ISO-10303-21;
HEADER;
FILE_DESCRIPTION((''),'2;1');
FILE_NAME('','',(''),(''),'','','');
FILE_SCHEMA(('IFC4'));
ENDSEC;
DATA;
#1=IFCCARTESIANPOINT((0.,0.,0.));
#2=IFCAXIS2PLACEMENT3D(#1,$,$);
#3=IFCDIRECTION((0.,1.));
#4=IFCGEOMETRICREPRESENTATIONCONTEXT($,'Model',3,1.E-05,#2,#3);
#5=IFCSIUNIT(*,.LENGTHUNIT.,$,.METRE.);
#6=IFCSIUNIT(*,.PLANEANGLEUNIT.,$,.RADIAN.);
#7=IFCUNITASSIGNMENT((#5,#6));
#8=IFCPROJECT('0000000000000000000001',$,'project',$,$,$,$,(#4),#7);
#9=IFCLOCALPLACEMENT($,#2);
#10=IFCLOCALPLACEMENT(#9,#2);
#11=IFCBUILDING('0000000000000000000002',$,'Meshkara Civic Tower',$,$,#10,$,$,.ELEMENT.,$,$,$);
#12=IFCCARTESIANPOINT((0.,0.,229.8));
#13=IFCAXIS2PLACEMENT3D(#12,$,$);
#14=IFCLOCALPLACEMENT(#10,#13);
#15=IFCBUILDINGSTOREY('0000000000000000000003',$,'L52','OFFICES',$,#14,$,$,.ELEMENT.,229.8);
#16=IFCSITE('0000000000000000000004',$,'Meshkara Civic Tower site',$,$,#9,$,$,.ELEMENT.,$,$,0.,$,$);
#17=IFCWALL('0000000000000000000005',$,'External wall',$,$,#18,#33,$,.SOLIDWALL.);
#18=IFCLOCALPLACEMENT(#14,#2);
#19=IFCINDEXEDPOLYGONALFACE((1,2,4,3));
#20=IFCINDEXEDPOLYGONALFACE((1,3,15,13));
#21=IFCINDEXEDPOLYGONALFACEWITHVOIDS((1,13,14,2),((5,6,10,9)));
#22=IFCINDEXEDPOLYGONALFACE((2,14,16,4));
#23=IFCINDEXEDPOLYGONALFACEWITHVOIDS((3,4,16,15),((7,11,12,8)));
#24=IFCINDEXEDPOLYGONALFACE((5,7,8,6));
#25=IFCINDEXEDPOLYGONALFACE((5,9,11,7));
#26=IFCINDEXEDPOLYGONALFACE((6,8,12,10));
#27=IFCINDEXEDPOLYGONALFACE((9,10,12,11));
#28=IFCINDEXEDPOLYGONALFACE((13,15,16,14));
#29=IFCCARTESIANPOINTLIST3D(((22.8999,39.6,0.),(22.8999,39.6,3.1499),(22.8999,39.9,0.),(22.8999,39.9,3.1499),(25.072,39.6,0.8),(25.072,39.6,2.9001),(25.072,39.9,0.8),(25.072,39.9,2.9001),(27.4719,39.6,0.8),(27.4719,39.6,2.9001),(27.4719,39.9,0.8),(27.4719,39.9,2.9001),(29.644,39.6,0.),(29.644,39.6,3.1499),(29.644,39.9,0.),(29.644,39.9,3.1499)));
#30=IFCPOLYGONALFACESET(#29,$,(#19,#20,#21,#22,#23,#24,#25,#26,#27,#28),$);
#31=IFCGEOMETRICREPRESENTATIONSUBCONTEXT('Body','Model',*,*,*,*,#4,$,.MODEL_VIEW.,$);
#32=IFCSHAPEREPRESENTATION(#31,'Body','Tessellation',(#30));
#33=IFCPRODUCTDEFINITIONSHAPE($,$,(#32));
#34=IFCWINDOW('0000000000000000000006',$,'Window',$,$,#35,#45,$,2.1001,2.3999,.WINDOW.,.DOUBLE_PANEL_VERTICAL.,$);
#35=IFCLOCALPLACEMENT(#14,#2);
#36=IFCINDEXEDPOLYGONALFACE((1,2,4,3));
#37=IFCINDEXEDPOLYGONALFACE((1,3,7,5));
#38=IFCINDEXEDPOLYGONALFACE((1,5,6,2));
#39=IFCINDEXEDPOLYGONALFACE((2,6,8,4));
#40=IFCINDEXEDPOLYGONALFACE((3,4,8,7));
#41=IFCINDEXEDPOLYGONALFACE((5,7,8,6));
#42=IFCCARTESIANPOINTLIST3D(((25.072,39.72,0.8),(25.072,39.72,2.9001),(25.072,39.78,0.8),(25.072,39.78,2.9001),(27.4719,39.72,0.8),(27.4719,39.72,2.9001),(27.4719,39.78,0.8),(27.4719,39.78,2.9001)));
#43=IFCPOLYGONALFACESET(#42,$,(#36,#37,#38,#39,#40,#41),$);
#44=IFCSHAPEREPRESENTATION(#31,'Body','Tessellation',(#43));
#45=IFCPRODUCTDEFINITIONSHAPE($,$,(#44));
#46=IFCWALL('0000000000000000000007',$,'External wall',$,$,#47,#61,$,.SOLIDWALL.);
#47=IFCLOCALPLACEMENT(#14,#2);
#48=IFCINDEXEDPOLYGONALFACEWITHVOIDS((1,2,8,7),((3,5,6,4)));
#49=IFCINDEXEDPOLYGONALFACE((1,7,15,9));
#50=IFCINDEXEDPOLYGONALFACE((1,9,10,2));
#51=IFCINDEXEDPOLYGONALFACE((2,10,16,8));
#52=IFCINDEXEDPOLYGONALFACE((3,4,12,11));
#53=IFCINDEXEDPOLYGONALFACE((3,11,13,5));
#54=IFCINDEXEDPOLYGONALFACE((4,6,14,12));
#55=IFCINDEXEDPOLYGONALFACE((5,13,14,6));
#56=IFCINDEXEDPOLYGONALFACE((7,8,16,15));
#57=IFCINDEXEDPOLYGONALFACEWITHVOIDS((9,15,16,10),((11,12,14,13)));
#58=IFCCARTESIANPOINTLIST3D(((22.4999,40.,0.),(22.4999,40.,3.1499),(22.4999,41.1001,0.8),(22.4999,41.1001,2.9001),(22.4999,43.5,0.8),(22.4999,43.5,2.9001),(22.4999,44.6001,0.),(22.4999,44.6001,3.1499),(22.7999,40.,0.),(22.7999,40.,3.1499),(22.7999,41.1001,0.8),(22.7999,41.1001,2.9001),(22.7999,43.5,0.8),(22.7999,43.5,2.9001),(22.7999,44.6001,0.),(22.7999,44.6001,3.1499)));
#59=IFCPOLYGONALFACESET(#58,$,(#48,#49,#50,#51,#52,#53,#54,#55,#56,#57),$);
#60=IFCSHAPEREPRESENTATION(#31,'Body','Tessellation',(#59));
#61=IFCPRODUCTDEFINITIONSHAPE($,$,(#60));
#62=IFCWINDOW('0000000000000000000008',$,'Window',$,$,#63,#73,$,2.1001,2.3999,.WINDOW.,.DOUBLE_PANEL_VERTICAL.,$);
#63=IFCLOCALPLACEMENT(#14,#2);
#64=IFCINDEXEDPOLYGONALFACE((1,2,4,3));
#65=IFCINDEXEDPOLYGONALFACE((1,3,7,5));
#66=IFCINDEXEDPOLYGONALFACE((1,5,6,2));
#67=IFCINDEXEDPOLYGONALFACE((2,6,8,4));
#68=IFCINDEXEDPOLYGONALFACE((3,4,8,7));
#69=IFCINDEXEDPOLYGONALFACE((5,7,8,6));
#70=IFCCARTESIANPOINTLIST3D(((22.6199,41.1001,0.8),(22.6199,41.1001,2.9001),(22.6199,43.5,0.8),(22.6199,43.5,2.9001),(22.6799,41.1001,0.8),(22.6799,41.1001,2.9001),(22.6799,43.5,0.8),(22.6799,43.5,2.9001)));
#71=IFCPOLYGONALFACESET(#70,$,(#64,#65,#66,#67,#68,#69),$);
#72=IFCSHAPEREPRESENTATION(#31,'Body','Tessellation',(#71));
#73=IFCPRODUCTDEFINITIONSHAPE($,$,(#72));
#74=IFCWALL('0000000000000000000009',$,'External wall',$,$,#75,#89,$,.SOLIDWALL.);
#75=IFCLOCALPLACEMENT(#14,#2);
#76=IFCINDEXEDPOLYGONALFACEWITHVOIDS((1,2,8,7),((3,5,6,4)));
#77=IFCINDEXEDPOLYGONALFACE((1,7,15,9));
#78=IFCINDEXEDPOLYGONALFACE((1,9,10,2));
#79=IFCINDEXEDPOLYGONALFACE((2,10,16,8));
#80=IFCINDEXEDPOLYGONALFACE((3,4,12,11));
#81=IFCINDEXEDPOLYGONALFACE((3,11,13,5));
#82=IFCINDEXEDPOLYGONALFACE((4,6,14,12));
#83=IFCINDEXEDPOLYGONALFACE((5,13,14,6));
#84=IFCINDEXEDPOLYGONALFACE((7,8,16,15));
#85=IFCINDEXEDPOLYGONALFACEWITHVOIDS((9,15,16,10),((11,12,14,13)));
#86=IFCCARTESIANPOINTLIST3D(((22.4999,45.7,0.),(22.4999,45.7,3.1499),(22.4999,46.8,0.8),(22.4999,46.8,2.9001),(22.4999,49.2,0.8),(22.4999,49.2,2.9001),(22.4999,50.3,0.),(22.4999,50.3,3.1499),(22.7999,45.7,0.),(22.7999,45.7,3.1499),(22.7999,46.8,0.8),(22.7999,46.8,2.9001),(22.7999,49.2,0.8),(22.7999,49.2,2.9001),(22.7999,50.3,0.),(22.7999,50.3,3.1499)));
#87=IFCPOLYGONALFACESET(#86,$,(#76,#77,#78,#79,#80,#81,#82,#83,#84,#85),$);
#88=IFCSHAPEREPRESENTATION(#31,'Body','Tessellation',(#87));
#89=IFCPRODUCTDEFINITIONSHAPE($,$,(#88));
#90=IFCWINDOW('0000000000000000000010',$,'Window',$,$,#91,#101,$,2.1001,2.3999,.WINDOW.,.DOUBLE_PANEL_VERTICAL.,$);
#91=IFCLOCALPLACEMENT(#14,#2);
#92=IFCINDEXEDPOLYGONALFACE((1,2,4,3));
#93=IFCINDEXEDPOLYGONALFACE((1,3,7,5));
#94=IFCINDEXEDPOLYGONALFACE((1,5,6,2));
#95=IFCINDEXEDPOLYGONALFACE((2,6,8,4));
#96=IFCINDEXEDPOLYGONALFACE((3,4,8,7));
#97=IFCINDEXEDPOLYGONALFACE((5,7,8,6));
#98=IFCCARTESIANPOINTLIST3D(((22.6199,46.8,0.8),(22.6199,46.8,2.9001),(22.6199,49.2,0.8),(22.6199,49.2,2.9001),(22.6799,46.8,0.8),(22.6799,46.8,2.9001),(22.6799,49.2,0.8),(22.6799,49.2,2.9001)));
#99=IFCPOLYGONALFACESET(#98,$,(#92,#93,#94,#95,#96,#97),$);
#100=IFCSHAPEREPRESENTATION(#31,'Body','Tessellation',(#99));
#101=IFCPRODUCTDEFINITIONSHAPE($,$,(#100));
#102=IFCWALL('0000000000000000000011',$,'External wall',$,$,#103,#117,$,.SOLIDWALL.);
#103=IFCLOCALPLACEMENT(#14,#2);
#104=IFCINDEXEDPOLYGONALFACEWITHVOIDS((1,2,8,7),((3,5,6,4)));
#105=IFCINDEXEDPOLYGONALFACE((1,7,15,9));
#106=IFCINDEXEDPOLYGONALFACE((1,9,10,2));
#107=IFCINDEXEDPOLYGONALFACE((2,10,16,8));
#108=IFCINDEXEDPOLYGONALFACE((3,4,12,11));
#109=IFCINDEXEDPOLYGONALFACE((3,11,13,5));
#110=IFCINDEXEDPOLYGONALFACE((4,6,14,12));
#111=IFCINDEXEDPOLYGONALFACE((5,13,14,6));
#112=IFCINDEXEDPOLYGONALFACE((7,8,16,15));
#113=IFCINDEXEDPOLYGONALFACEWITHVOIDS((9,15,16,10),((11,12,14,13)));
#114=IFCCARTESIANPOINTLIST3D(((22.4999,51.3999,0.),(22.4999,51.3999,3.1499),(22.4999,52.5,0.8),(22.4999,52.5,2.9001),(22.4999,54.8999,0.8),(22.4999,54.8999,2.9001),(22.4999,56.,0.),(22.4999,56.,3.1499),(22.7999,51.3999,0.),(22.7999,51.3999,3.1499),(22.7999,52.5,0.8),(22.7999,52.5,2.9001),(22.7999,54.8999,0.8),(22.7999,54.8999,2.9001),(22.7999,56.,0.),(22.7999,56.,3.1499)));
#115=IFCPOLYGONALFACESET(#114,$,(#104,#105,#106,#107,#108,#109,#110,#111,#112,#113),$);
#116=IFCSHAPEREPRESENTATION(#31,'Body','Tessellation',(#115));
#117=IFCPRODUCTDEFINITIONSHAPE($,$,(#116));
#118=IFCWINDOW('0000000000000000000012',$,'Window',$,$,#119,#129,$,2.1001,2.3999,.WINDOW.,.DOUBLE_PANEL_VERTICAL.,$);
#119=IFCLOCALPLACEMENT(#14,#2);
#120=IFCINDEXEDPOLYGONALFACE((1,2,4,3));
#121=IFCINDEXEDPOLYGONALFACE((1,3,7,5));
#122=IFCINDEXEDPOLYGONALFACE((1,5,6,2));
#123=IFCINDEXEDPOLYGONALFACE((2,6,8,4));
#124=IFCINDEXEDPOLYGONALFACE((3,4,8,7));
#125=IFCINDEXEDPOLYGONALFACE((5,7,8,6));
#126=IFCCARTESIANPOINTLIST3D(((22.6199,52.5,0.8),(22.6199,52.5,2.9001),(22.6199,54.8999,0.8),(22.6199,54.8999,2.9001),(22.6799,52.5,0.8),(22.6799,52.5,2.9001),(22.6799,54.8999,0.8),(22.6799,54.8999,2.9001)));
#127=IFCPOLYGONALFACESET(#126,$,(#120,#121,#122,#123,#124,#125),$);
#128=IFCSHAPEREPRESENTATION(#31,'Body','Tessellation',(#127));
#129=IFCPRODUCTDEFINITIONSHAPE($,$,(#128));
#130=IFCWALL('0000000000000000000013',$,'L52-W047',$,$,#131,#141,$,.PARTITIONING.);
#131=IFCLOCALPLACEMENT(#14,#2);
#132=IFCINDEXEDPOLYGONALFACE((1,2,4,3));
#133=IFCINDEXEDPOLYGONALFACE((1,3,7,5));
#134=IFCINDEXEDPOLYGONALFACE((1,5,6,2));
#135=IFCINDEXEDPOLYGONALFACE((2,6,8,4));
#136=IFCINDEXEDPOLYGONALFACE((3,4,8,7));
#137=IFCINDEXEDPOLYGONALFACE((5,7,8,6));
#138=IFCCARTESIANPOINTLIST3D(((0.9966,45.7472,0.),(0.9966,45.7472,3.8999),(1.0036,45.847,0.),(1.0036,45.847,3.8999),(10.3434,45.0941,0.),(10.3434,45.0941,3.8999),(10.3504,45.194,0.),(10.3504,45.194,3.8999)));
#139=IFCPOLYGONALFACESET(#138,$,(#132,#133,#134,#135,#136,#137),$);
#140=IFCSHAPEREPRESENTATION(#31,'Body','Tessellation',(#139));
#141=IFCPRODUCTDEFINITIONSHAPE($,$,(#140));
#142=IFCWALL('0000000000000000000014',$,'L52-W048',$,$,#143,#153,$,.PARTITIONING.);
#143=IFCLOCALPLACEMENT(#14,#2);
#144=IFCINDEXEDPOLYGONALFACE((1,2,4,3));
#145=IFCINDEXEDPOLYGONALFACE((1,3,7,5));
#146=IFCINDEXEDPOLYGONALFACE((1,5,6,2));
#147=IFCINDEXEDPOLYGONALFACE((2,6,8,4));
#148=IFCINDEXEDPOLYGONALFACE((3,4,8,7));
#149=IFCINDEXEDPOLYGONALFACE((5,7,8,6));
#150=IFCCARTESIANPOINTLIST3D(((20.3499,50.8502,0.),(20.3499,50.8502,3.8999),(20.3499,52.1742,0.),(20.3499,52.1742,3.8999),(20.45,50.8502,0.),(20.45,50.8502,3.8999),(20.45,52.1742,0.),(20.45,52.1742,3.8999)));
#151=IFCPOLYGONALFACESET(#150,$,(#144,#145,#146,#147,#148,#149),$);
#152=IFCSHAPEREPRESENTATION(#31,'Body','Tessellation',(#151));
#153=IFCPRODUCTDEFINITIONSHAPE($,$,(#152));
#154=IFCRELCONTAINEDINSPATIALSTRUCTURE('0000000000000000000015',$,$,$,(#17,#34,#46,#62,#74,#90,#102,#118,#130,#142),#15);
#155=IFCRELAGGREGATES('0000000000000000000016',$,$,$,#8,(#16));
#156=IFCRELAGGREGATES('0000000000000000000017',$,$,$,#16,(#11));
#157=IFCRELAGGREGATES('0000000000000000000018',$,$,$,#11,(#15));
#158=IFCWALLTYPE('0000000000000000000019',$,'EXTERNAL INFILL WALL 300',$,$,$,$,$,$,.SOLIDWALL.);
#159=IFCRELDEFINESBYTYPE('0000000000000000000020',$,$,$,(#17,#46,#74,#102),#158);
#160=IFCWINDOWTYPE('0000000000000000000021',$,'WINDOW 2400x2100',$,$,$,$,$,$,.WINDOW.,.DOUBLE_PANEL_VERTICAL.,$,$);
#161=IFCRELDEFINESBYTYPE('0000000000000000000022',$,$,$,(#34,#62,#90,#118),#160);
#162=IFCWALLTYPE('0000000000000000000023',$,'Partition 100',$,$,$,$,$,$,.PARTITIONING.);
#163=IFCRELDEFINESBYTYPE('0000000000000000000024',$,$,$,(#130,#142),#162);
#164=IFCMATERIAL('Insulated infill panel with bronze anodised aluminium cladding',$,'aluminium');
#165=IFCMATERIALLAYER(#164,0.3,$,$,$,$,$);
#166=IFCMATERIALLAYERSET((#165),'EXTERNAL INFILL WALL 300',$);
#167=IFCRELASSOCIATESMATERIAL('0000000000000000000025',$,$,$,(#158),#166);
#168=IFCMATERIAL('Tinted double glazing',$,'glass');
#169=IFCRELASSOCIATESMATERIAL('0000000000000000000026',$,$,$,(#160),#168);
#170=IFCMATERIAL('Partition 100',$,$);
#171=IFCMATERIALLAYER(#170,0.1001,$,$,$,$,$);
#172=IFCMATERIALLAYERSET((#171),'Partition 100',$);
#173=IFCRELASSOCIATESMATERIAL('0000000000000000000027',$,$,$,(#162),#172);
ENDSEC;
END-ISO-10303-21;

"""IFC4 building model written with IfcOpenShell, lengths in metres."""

from ifc_helpers import new_model, si_unit, direction, frame, frame_2d, origin, place, context, subcontext, project, spatial, rectangle, extrude, material, layer, layer_set, type_object, element, fill, save


model = new_model("IFC4")

# Units and contexts
model_context = context("Model", 3, precision=1e-05, world=origin(), true_north=direction((0.0, 1.0)))
body_context = subcontext(model_context, "Body", "Model", "MODEL_VIEW")
ifc_project = project(units=[si_unit("LENGTHUNIT", "METRE"), si_unit("PLANEANGLEUNIT", "RADIAN")], contexts=[model_context])

# Site, building, storey
site_placement = place(None, origin())
site = spatial("IfcSite", under=ifc_project, at=site_placement, Name="Meshkara Civic Tower site", CompositionType="ELEMENT", RefElevation=0.0)
building_placement = place(site_placement, origin())
building = spatial("IfcBuilding", under=site, at=building_placement, Name="Meshkara Civic Tower", CompositionType="ELEMENT")
storey_placement = place(building_placement, frame((0.0, 0.0, 229.8)))
storey = spatial("IfcBuildingStorey", under=building, at=storey_placement, Name="L52", Description="OFFICES", CompositionType="ELEMENT", Elevation=229.8)

# Walls, openings, windows
ifc_material_1 = material(Name="Insulated infill panel with bronze anodised aluminium cladding", Category="aluminium")
ifc_layer_1 = layer(ifc_material_1, 0.3)
ifc_layer_set_1 = layer_set([ifc_layer_1], Name="EXTERNAL INFILL WALL 300")
wall_type_1 = type_object("IfcWallType", Name="EXTERNAL INFILL WALL 300", PredefinedType="SOLIDWALL", material=ifc_layer_set_1)
wall_1_placement = place(storey_placement, frame((29.644, 39.75, 0.0), z_axis=(0.0, 0.0, 1.0), x_axis=(-1.0, 0.0, 0.0)))
wall_1 = element("IfcWall", 1, at=wall_1_placement, inside=storey, type_object=wall_type_1, Name="External wall", PredefinedType="SOLIDWALL", context=body_context, shape_type="SweptSolid", body=[
    extrude(rectangle(XDim=6.7441, YDim=0.3, at=frame_2d((3.3721, 0.0))), origin(), (0.0, 0.0, 1.0), 3.1499),
])
opening_1_placement = place(wall_1_placement, frame((2.1721, 0.0, 0.8)))
opening_1 = element("IfcOpeningElement", 2, at=opening_1_placement, cuts=wall_1, PredefinedType="OPENING", context=body_context, shape_type="SweptSolid", body=[
    extrude(rectangle(XDim=2.3999, YDim=2.1001, at=frame_2d((1.2, 1.05))), frame((0.0, 0.1599, 0.0), z_axis=(0.0, -1.0, 0.0), x_axis=(1.0, 0.0, 0.0)), (0.0, 0.0, 1.0), 0.3201),
])
ifc_material_2 = material(Name="Tinted double glazing", Category="glass")
window_type = type_object("IfcWindowType", Name="WINDOW 2400x2100", PartitioningType="DOUBLE_PANEL_VERTICAL", PredefinedType="WINDOW", material=ifc_material_2)
window_1_placement = place(opening_1_placement, origin())
window_1 = element("IfcWindow", 3, at=window_1_placement, inside=storey, type_object=window_type, Name="Window", OverallHeight=2.1001, OverallWidth=2.3999, PartitioningType="DOUBLE_PANEL_VERTICAL", PredefinedType="WINDOW", context=body_context, shape_type="SweptSolid", body=[
    extrude(rectangle(XDim=2.3999, YDim=2.1001, at=frame_2d((1.2, 1.05))), frame((0.0, 0.03, 0.0), z_axis=(0.0, -1.0, 0.0), x_axis=(1.0, 0.0, 0.0)), (0.0, 0.0, 1.0), 0.0601),
])
fill(opening_1, window_1)
wall_2_placement = place(storey_placement, frame((22.6499, 40.0, 0.0), z_axis=(0.0, 0.0, 1.0), x_axis=(0.0, 1.0, 0.0)))
wall_2 = element("IfcWall", 4, at=wall_2_placement, inside=storey, type_object=wall_type_1, Name="External wall", PredefinedType="SOLIDWALL", context=body_context, shape_type="SweptSolid", body=[
    extrude(rectangle(XDim=4.6001, YDim=0.3, at=frame_2d((2.3, 0.0))), origin(), (0.0, 0.0, 1.0), 3.1499),
])
opening_2_placement = place(wall_2_placement, frame((1.1001, 0.0, 0.8)))
opening_2 = element("IfcOpeningElement", 5, at=opening_2_placement, cuts=wall_2, PredefinedType="OPENING", context=body_context, shape_type="SweptSolid", body=[
    extrude(rectangle(XDim=2.3999, YDim=2.1001, at=frame_2d((1.2, 1.05))), frame((0.0, 0.1599, 0.0), z_axis=(0.0, -1.0, 0.0), x_axis=(1.0, 0.0, 0.0)), (0.0, 0.0, 1.0), 0.3201),
])
window_2_placement = place(opening_2_placement, origin())
window_2 = element("IfcWindow", 6, at=window_2_placement, inside=storey, type_object=window_type, Name="Window", OverallHeight=2.1001, OverallWidth=2.3999, PartitioningType="DOUBLE_PANEL_VERTICAL", PredefinedType="WINDOW", context=body_context, shape_type="SweptSolid", body=[
    extrude(rectangle(XDim=2.3999, YDim=2.1001, at=frame_2d((1.2, 1.05))), frame((0.0, 0.03, 0.0), z_axis=(0.0, -1.0, 0.0), x_axis=(1.0, 0.0, 0.0)), (0.0, 0.0, 1.0), 0.0601),
])
fill(opening_2, window_2)
wall_3_placement = place(storey_placement, frame((22.6499, 45.7, 0.0), z_axis=(0.0, 0.0, 1.0), x_axis=(0.0, 1.0, 0.0)))
wall_3 = element("IfcWall", 7, at=wall_3_placement, inside=storey, type_object=wall_type_1, Name="External wall", PredefinedType="SOLIDWALL", context=body_context, shape_type="SweptSolid", body=[
    extrude(rectangle(XDim=4.6001, YDim=0.3, at=frame_2d((2.3, 0.0))), origin(), (0.0, 0.0, 1.0), 3.1499),
])
opening_3_placement = place(wall_3_placement, frame((1.1001, 0.0, 0.8)))
opening_3 = element("IfcOpeningElement", 8, at=opening_3_placement, cuts=wall_3, PredefinedType="OPENING", context=body_context, shape_type="SweptSolid", body=[
    extrude(rectangle(XDim=2.3999, YDim=2.1001, at=frame_2d((1.2, 1.05))), frame((0.0, 0.1599, 0.0), z_axis=(0.0, -1.0, 0.0), x_axis=(1.0, 0.0, 0.0)), (0.0, 0.0, 1.0), 0.3201),
])
window_3_placement = place(opening_3_placement, origin())
window_3 = element("IfcWindow", 9, at=window_3_placement, inside=storey, type_object=window_type, Name="Window", OverallHeight=2.1001, OverallWidth=2.3999, PartitioningType="DOUBLE_PANEL_VERTICAL", PredefinedType="WINDOW", context=body_context, shape_type="SweptSolid", body=[
    extrude(rectangle(XDim=2.3999, YDim=2.1001, at=frame_2d((1.2, 1.05))), frame((0.0, 0.03, 0.0), z_axis=(0.0, -1.0, 0.0), x_axis=(1.0, 0.0, 0.0)), (0.0, 0.0, 1.0), 0.0601),
])
fill(opening_3, window_3)
wall_4_placement = place(storey_placement, frame((22.6499, 51.3999, 0.0), z_axis=(0.0, 0.0, 1.0), x_axis=(0.0, 1.0, 0.0)))
wall_4 = element("IfcWall", 10, at=wall_4_placement, inside=storey, type_object=wall_type_1, Name="External wall", PredefinedType="SOLIDWALL", context=body_context, shape_type="SweptSolid", body=[
    extrude(rectangle(XDim=4.6001, YDim=0.3, at=frame_2d((2.3, 0.0))), origin(), (0.0, 0.0, 1.0), 3.1499),
])
opening_4_placement = place(wall_4_placement, frame((1.1001, 0.0, 0.8)))
opening_4 = element("IfcOpeningElement", 11, at=opening_4_placement, cuts=wall_4, PredefinedType="OPENING", context=body_context, shape_type="SweptSolid", body=[
    extrude(rectangle(XDim=2.3999, YDim=2.1001, at=frame_2d((1.2, 1.05))), frame((0.0, 0.1599, 0.0), z_axis=(0.0, -1.0, 0.0), x_axis=(1.0, 0.0, 0.0)), (0.0, 0.0, 1.0), 0.3201),
])
window_4_placement = place(opening_4_placement, origin())
window_4 = element("IfcWindow", 12, at=window_4_placement, inside=storey, type_object=window_type, Name="Window", OverallHeight=2.1001, OverallWidth=2.3999, PartitioningType="DOUBLE_PANEL_VERTICAL", PredefinedType="WINDOW", context=body_context, shape_type="SweptSolid", body=[
    extrude(rectangle(XDim=2.3999, YDim=2.1001, at=frame_2d((1.2, 1.05))), frame((0.0, 0.03, 0.0), z_axis=(0.0, -1.0, 0.0), x_axis=(1.0, 0.0, 0.0)), (0.0, 0.0, 1.0), 0.0601),
])
fill(opening_4, window_4)

# Walls
ifc_material_3 = material(Name="Partition 100")
ifc_layer_2 = layer(ifc_material_3, 0.1001)
ifc_layer_set_2 = layer_set([ifc_layer_2], Name="Partition 100")
wall_type_2 = type_object("IfcWallType", Name="Partition 100", PredefinedType="PARTITIONING", material=ifc_layer_set_2)
wall_5_placement = place(storey_placement, frame((10.3469, 45.144, 0.0), z_axis=(0.0, 0.0, 1.0), x_axis=(-0.997568, 0.069701, 0.0)))
element("IfcWall", 13, at=wall_5_placement, inside=storey, type_object=wall_type_2, Name="L52-W047", PredefinedType="PARTITIONING", context=body_context, shape_type="SweptSolid", body=[
    extrude(rectangle(XDim=9.3696, YDim=0.1001, at=frame_2d((4.6848, 0.0))), origin(), (0.0, 0.0, 1.0), 3.8999),
])
wall_6_placement = place(storey_placement, frame((20.3999, 50.8501, 0.0), z_axis=(0.0, 0.0, 1.0), x_axis=(0.0, 1.0, 0.0)))
element("IfcWall", 14, at=wall_6_placement, inside=storey, type_object=wall_type_2, Name="L52-W048", PredefinedType="PARTITIONING", context=body_context, shape_type="SweptSolid", body=[
    extrude(rectangle(XDim=1.324, YDim=0.1001, at=frame_2d((0.6621, 0.0))), origin(), (0.0, 0.0, 1.0), 3.8999),
])

save(model, "model.ifc")
